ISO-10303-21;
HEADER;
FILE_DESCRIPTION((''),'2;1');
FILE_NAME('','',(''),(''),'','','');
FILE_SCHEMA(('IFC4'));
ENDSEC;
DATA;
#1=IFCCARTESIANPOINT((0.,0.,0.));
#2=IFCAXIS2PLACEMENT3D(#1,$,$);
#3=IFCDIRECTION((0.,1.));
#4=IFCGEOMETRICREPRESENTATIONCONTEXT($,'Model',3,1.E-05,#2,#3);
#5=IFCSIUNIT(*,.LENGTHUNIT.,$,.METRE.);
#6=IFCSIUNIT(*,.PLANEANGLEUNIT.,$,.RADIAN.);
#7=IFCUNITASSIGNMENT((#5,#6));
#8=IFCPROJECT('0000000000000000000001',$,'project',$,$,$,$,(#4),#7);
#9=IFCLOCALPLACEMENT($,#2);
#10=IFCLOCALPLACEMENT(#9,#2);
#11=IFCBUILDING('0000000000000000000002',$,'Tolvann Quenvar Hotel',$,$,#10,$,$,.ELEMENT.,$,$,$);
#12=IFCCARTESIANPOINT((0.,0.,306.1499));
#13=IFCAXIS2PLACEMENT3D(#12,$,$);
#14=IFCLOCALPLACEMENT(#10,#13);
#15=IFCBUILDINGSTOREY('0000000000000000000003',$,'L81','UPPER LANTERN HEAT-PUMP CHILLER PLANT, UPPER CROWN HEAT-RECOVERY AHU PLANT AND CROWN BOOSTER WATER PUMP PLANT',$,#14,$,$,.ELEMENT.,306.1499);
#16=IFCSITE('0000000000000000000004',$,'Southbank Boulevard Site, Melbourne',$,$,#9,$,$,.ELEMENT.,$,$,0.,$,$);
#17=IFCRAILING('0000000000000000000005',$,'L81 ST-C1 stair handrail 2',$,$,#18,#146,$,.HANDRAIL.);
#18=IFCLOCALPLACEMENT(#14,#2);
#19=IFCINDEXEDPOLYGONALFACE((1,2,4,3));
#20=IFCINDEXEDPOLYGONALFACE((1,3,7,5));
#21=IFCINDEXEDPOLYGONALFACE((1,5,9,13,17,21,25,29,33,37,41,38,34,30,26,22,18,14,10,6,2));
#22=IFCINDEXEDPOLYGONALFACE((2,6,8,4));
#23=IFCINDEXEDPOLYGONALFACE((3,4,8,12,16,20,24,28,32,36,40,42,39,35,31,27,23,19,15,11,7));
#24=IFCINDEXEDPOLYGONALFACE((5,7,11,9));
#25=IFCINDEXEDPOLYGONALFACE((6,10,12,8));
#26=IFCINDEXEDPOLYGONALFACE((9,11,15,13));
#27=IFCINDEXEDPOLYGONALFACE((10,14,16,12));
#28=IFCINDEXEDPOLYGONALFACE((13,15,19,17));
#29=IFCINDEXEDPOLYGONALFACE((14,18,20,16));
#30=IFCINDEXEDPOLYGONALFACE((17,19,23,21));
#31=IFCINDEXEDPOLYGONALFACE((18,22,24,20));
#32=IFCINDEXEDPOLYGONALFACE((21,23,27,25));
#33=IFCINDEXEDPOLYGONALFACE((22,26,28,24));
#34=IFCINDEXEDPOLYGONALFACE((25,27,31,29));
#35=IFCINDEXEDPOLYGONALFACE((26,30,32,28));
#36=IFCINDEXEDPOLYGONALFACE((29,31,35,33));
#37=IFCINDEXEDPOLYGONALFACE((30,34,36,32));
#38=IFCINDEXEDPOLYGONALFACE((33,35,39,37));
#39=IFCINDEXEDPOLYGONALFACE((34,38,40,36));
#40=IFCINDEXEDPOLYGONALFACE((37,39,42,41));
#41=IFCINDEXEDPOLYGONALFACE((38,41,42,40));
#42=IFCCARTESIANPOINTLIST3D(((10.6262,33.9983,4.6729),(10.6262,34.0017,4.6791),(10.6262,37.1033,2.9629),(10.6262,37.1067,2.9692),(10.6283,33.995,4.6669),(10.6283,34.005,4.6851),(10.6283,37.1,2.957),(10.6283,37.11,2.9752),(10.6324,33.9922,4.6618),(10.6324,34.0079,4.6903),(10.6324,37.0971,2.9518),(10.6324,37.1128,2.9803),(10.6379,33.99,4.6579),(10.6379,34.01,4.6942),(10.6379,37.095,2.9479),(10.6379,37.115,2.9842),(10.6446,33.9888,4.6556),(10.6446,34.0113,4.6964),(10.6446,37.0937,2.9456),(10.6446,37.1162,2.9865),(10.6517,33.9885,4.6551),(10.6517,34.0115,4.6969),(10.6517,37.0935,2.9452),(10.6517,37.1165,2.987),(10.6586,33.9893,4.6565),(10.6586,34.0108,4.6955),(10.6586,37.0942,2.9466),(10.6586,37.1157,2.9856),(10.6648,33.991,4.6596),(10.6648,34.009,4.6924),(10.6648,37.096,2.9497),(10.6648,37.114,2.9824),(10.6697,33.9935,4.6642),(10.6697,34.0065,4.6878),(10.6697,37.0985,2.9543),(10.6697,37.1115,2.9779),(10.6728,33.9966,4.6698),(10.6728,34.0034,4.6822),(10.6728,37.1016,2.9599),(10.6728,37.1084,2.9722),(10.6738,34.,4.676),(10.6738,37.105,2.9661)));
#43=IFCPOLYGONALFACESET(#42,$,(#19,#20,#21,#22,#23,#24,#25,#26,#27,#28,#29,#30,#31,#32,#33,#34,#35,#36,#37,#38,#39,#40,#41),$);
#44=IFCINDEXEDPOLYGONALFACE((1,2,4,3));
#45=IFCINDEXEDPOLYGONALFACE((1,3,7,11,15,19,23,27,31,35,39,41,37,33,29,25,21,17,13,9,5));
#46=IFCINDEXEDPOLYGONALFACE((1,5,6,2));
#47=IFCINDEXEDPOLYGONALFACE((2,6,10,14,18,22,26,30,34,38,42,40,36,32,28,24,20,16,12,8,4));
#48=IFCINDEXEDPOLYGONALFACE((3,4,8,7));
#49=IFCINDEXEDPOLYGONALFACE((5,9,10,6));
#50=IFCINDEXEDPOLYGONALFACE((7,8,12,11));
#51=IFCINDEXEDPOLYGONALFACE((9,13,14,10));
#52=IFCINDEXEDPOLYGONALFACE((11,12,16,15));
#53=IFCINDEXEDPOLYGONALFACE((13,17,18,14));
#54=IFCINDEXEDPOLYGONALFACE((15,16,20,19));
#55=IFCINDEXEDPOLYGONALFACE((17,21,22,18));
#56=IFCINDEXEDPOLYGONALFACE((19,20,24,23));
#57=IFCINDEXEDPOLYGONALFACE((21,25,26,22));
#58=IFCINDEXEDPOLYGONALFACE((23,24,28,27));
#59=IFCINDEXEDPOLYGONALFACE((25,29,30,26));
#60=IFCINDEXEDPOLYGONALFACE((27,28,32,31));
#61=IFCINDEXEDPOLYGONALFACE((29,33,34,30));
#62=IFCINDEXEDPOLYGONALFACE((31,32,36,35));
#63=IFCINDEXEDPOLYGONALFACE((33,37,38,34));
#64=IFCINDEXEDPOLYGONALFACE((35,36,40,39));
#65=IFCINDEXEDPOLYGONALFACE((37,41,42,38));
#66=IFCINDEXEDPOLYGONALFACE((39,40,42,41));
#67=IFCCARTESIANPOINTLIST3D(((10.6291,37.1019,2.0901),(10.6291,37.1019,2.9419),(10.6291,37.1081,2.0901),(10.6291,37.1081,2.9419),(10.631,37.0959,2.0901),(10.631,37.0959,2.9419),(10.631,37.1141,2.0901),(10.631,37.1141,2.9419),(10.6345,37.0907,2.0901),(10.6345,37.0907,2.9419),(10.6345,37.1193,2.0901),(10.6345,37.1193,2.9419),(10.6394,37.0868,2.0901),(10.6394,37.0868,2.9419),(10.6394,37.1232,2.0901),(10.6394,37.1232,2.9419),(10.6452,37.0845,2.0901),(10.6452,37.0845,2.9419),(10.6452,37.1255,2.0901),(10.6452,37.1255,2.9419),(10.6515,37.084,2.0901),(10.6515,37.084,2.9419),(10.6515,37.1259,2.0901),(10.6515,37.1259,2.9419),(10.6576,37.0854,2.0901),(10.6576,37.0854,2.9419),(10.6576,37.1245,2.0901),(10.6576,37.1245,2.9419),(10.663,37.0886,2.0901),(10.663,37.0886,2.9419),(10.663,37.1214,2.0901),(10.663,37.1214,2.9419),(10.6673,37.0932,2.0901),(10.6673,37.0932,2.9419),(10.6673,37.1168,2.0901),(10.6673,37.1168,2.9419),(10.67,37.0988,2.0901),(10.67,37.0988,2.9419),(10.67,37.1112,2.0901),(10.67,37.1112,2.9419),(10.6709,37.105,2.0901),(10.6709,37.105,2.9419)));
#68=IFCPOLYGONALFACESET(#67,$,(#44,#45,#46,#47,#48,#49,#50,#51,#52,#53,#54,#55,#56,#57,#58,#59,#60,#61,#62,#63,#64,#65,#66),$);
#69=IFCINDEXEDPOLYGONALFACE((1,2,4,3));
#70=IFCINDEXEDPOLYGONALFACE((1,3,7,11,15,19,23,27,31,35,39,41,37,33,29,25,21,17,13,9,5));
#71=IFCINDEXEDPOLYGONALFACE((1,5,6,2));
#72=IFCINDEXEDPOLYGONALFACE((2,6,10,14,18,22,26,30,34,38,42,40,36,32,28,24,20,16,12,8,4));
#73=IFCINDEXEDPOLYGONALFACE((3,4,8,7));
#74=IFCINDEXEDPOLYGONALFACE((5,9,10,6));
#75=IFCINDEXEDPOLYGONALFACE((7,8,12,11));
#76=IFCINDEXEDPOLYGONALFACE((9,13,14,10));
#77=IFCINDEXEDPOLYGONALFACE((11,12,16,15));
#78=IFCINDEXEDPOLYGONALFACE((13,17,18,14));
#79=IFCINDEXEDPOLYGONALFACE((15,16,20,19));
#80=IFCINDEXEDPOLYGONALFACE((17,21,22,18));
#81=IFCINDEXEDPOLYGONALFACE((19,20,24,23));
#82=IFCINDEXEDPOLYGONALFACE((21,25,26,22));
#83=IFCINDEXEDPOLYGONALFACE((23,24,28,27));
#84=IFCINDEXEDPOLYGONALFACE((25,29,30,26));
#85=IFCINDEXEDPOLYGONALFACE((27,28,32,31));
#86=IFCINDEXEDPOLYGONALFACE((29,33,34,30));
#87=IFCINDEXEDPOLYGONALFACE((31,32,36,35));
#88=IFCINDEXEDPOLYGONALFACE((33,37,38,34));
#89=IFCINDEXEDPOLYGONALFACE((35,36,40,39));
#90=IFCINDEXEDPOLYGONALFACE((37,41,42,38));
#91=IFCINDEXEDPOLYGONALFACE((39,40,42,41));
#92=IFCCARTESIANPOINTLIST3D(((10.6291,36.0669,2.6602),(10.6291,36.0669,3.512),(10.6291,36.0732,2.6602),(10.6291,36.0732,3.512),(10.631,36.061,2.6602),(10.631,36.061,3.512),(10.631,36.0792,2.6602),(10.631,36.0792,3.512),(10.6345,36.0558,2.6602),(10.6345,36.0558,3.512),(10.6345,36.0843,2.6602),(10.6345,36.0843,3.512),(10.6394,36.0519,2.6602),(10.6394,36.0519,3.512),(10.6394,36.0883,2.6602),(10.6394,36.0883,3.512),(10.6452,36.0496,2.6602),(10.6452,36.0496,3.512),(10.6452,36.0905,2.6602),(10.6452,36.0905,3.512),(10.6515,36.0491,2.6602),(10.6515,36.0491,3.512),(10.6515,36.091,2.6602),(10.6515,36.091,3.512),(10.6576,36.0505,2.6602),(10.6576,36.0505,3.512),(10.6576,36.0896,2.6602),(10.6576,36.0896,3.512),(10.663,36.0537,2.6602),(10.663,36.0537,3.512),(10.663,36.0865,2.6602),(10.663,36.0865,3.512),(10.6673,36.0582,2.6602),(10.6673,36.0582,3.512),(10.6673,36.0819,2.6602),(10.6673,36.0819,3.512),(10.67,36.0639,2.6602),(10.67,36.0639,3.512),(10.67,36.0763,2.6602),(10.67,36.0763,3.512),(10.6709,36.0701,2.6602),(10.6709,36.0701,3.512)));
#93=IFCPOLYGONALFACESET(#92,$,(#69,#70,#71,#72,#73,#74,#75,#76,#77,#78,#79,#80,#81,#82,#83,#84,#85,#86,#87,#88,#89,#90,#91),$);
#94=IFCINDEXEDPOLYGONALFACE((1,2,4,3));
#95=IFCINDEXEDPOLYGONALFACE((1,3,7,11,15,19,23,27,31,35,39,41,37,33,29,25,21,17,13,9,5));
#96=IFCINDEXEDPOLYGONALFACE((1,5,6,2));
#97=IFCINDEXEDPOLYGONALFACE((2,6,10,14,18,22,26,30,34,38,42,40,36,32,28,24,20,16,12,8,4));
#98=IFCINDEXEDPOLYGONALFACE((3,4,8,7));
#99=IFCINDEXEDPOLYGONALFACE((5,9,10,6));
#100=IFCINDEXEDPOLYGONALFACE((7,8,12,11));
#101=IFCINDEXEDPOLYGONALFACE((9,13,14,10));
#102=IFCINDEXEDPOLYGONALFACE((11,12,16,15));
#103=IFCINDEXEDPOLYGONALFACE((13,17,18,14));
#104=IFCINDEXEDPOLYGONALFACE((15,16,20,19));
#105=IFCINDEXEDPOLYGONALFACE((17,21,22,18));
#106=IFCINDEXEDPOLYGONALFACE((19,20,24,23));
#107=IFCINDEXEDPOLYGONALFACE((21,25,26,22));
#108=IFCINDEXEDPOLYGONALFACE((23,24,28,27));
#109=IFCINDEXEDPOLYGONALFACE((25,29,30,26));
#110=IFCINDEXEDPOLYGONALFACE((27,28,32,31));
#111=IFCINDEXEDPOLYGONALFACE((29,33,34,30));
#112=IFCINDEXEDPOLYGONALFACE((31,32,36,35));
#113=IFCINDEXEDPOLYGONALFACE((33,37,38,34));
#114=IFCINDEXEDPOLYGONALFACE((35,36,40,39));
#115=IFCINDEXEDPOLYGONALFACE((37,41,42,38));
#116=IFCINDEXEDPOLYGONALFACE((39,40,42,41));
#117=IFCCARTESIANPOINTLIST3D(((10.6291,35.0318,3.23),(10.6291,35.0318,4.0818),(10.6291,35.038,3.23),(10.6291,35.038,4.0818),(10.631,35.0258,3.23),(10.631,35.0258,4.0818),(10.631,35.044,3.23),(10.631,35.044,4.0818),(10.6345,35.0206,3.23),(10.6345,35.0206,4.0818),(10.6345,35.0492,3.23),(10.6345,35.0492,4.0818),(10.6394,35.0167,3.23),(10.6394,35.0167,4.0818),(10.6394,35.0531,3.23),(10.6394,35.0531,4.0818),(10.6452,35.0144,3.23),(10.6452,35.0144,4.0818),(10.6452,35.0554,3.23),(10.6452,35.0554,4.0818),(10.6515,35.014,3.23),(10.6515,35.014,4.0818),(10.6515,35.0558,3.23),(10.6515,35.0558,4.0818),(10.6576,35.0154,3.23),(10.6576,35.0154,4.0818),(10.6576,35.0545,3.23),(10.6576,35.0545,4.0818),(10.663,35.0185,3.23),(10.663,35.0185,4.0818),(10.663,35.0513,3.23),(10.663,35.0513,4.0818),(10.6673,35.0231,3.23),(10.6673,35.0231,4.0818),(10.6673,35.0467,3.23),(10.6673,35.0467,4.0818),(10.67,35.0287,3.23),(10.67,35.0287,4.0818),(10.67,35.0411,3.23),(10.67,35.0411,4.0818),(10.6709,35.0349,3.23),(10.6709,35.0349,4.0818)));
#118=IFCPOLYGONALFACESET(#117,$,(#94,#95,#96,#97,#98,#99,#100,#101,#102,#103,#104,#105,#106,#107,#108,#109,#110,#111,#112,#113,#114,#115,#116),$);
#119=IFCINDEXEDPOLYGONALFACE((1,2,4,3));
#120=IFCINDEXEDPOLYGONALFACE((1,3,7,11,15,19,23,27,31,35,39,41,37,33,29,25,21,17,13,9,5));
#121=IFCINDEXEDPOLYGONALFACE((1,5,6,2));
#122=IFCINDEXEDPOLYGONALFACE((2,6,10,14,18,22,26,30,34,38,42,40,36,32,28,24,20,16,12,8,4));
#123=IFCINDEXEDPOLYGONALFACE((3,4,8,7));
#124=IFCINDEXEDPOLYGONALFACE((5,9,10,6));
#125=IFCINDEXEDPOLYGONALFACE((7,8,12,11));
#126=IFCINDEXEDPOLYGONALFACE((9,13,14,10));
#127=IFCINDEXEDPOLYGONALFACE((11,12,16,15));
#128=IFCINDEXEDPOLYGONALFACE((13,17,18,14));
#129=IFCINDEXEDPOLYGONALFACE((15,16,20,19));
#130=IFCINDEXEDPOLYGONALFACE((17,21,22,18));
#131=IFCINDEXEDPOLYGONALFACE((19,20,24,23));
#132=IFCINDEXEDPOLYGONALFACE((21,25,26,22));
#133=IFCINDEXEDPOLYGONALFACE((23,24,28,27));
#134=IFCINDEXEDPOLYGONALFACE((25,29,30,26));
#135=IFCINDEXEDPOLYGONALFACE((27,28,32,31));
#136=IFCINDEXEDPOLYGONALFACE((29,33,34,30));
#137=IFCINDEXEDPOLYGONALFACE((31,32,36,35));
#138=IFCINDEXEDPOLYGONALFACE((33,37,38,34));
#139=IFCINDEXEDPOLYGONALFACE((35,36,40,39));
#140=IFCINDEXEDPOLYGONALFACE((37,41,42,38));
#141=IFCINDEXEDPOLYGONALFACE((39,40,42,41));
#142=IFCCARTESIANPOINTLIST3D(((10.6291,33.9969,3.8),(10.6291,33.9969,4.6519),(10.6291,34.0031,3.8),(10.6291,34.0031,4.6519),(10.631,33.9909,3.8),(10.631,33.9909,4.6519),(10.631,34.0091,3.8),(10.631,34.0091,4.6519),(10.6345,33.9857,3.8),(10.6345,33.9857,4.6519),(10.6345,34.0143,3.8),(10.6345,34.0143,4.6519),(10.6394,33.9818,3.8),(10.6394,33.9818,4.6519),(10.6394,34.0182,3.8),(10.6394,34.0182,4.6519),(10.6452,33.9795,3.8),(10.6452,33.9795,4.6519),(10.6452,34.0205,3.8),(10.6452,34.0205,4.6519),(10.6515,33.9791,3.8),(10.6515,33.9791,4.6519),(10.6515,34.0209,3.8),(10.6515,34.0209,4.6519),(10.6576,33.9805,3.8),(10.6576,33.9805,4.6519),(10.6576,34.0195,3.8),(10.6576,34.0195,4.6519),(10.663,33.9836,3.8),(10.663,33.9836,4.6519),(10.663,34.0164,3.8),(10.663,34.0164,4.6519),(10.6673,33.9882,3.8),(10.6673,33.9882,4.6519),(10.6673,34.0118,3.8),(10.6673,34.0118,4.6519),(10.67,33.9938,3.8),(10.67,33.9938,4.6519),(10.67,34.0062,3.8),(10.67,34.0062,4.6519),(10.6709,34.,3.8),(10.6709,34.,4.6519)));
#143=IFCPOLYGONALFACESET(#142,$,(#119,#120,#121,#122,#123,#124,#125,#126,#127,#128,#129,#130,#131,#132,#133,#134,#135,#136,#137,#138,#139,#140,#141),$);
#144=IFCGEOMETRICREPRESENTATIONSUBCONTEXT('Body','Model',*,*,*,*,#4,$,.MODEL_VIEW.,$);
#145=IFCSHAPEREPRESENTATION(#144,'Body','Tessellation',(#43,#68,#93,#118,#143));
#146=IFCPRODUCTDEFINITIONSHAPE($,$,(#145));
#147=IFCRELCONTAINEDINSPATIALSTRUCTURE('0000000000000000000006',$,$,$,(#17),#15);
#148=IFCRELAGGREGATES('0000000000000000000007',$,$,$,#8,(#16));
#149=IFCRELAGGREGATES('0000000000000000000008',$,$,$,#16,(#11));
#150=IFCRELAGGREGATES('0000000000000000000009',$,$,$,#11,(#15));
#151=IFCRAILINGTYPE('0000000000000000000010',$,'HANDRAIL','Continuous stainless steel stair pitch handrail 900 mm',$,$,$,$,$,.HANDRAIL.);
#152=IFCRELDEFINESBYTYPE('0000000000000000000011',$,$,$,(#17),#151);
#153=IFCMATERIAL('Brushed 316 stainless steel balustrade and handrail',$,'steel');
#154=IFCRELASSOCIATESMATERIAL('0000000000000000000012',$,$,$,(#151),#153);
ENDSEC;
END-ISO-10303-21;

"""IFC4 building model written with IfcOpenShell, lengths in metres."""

from ifc_helpers import new_model, si_unit, direction, frame, origin, origin_2d, place, context, subcontext, project, spatial, circle, extrude, material, type_object, element, save


model = new_model("IFC4")

# Units and contexts
model_context = context("Model", 3, precision=1e-05, world=origin(), true_north=direction((0.0, 1.0)))
body_context = subcontext(model_context, "Body", "Model", "MODEL_VIEW")
ifc_project = project(units=[si_unit("LENGTHUNIT", "METRE"), si_unit("PLANEANGLEUNIT", "RADIAN")], contexts=[model_context])

# Site, building, storey
site_placement = place(None, origin())
site = spatial("IfcSite", under=ifc_project, at=site_placement, Name="Southbank Boulevard Site, Melbourne", CompositionType="ELEMENT", RefElevation=0.0)
building_placement = place(site_placement, origin())
building = spatial("IfcBuilding", under=site, at=building_placement, Name="Tolvann Quenvar Hotel", CompositionType="ELEMENT")
storey_placement = place(building_placement, frame((0.0, 0.0, 306.1499)))
storey = spatial("IfcBuildingStorey", under=building, at=storey_placement, Name="L81", Description="UPPER LANTERN HEAT-PUMP CHILLER PLANT, UPPER CROWN HEAT-RECOVERY AHU PLANT AND CROWN BOOSTER WATER PUMP PLANT", CompositionType="ELEMENT", Elevation=306.1499)

# Railing
ifc_material_1 = material(Name="Brushed 316 stainless steel balustrade and handrail", Category="steel")
railing_type_1 = type_object("IfcRailingType", Name="HANDRAIL", Description="Continuous stainless steel stair pitch handrail 900 mm", PredefinedType="HANDRAIL", material=ifc_material_1)
railing_1_placement = place(storey_placement, frame((10.6499, 37.105, 2.0901)))
element("IfcRailing", 1, at=railing_1_placement, inside=storey, type_object=railing_type_1, Name="L81 ST-C1 stair handrail 2", PredefinedType="HANDRAIL", context=body_context, shape_type="SweptSolid", body=[
    extrude(circle(Radius=0.0239, at=origin_2d()), frame((0.0, 0.0, 0.876), z_axis=(0.0, -0.875951, 0.4824), x_axis=(1.0, 0.0, 0.0)), (0.0, 0.0, 1.0), 3.5447),
    extrude(circle(Radius=0.021, at=origin_2d()), origin(), (0.0, 0.0, 1.0), 0.8518),
    extrude(circle(Radius=0.021, at=origin_2d()), frame((0.0, -1.0349, 0.5701)), (0.0, 0.0, 1.0), 0.8518),
    extrude(circle(Radius=0.021, at=origin_2d()), frame((0.0, -2.0701, 1.1399)), (0.0, 0.0, 1.0), 0.8518),
    extrude(circle(Radius=0.021, at=origin_2d()), frame((0.0, -3.105, 1.71)), (0.0, 0.0, 1.0), 0.8518),
])

save(model, "model.ifc")
